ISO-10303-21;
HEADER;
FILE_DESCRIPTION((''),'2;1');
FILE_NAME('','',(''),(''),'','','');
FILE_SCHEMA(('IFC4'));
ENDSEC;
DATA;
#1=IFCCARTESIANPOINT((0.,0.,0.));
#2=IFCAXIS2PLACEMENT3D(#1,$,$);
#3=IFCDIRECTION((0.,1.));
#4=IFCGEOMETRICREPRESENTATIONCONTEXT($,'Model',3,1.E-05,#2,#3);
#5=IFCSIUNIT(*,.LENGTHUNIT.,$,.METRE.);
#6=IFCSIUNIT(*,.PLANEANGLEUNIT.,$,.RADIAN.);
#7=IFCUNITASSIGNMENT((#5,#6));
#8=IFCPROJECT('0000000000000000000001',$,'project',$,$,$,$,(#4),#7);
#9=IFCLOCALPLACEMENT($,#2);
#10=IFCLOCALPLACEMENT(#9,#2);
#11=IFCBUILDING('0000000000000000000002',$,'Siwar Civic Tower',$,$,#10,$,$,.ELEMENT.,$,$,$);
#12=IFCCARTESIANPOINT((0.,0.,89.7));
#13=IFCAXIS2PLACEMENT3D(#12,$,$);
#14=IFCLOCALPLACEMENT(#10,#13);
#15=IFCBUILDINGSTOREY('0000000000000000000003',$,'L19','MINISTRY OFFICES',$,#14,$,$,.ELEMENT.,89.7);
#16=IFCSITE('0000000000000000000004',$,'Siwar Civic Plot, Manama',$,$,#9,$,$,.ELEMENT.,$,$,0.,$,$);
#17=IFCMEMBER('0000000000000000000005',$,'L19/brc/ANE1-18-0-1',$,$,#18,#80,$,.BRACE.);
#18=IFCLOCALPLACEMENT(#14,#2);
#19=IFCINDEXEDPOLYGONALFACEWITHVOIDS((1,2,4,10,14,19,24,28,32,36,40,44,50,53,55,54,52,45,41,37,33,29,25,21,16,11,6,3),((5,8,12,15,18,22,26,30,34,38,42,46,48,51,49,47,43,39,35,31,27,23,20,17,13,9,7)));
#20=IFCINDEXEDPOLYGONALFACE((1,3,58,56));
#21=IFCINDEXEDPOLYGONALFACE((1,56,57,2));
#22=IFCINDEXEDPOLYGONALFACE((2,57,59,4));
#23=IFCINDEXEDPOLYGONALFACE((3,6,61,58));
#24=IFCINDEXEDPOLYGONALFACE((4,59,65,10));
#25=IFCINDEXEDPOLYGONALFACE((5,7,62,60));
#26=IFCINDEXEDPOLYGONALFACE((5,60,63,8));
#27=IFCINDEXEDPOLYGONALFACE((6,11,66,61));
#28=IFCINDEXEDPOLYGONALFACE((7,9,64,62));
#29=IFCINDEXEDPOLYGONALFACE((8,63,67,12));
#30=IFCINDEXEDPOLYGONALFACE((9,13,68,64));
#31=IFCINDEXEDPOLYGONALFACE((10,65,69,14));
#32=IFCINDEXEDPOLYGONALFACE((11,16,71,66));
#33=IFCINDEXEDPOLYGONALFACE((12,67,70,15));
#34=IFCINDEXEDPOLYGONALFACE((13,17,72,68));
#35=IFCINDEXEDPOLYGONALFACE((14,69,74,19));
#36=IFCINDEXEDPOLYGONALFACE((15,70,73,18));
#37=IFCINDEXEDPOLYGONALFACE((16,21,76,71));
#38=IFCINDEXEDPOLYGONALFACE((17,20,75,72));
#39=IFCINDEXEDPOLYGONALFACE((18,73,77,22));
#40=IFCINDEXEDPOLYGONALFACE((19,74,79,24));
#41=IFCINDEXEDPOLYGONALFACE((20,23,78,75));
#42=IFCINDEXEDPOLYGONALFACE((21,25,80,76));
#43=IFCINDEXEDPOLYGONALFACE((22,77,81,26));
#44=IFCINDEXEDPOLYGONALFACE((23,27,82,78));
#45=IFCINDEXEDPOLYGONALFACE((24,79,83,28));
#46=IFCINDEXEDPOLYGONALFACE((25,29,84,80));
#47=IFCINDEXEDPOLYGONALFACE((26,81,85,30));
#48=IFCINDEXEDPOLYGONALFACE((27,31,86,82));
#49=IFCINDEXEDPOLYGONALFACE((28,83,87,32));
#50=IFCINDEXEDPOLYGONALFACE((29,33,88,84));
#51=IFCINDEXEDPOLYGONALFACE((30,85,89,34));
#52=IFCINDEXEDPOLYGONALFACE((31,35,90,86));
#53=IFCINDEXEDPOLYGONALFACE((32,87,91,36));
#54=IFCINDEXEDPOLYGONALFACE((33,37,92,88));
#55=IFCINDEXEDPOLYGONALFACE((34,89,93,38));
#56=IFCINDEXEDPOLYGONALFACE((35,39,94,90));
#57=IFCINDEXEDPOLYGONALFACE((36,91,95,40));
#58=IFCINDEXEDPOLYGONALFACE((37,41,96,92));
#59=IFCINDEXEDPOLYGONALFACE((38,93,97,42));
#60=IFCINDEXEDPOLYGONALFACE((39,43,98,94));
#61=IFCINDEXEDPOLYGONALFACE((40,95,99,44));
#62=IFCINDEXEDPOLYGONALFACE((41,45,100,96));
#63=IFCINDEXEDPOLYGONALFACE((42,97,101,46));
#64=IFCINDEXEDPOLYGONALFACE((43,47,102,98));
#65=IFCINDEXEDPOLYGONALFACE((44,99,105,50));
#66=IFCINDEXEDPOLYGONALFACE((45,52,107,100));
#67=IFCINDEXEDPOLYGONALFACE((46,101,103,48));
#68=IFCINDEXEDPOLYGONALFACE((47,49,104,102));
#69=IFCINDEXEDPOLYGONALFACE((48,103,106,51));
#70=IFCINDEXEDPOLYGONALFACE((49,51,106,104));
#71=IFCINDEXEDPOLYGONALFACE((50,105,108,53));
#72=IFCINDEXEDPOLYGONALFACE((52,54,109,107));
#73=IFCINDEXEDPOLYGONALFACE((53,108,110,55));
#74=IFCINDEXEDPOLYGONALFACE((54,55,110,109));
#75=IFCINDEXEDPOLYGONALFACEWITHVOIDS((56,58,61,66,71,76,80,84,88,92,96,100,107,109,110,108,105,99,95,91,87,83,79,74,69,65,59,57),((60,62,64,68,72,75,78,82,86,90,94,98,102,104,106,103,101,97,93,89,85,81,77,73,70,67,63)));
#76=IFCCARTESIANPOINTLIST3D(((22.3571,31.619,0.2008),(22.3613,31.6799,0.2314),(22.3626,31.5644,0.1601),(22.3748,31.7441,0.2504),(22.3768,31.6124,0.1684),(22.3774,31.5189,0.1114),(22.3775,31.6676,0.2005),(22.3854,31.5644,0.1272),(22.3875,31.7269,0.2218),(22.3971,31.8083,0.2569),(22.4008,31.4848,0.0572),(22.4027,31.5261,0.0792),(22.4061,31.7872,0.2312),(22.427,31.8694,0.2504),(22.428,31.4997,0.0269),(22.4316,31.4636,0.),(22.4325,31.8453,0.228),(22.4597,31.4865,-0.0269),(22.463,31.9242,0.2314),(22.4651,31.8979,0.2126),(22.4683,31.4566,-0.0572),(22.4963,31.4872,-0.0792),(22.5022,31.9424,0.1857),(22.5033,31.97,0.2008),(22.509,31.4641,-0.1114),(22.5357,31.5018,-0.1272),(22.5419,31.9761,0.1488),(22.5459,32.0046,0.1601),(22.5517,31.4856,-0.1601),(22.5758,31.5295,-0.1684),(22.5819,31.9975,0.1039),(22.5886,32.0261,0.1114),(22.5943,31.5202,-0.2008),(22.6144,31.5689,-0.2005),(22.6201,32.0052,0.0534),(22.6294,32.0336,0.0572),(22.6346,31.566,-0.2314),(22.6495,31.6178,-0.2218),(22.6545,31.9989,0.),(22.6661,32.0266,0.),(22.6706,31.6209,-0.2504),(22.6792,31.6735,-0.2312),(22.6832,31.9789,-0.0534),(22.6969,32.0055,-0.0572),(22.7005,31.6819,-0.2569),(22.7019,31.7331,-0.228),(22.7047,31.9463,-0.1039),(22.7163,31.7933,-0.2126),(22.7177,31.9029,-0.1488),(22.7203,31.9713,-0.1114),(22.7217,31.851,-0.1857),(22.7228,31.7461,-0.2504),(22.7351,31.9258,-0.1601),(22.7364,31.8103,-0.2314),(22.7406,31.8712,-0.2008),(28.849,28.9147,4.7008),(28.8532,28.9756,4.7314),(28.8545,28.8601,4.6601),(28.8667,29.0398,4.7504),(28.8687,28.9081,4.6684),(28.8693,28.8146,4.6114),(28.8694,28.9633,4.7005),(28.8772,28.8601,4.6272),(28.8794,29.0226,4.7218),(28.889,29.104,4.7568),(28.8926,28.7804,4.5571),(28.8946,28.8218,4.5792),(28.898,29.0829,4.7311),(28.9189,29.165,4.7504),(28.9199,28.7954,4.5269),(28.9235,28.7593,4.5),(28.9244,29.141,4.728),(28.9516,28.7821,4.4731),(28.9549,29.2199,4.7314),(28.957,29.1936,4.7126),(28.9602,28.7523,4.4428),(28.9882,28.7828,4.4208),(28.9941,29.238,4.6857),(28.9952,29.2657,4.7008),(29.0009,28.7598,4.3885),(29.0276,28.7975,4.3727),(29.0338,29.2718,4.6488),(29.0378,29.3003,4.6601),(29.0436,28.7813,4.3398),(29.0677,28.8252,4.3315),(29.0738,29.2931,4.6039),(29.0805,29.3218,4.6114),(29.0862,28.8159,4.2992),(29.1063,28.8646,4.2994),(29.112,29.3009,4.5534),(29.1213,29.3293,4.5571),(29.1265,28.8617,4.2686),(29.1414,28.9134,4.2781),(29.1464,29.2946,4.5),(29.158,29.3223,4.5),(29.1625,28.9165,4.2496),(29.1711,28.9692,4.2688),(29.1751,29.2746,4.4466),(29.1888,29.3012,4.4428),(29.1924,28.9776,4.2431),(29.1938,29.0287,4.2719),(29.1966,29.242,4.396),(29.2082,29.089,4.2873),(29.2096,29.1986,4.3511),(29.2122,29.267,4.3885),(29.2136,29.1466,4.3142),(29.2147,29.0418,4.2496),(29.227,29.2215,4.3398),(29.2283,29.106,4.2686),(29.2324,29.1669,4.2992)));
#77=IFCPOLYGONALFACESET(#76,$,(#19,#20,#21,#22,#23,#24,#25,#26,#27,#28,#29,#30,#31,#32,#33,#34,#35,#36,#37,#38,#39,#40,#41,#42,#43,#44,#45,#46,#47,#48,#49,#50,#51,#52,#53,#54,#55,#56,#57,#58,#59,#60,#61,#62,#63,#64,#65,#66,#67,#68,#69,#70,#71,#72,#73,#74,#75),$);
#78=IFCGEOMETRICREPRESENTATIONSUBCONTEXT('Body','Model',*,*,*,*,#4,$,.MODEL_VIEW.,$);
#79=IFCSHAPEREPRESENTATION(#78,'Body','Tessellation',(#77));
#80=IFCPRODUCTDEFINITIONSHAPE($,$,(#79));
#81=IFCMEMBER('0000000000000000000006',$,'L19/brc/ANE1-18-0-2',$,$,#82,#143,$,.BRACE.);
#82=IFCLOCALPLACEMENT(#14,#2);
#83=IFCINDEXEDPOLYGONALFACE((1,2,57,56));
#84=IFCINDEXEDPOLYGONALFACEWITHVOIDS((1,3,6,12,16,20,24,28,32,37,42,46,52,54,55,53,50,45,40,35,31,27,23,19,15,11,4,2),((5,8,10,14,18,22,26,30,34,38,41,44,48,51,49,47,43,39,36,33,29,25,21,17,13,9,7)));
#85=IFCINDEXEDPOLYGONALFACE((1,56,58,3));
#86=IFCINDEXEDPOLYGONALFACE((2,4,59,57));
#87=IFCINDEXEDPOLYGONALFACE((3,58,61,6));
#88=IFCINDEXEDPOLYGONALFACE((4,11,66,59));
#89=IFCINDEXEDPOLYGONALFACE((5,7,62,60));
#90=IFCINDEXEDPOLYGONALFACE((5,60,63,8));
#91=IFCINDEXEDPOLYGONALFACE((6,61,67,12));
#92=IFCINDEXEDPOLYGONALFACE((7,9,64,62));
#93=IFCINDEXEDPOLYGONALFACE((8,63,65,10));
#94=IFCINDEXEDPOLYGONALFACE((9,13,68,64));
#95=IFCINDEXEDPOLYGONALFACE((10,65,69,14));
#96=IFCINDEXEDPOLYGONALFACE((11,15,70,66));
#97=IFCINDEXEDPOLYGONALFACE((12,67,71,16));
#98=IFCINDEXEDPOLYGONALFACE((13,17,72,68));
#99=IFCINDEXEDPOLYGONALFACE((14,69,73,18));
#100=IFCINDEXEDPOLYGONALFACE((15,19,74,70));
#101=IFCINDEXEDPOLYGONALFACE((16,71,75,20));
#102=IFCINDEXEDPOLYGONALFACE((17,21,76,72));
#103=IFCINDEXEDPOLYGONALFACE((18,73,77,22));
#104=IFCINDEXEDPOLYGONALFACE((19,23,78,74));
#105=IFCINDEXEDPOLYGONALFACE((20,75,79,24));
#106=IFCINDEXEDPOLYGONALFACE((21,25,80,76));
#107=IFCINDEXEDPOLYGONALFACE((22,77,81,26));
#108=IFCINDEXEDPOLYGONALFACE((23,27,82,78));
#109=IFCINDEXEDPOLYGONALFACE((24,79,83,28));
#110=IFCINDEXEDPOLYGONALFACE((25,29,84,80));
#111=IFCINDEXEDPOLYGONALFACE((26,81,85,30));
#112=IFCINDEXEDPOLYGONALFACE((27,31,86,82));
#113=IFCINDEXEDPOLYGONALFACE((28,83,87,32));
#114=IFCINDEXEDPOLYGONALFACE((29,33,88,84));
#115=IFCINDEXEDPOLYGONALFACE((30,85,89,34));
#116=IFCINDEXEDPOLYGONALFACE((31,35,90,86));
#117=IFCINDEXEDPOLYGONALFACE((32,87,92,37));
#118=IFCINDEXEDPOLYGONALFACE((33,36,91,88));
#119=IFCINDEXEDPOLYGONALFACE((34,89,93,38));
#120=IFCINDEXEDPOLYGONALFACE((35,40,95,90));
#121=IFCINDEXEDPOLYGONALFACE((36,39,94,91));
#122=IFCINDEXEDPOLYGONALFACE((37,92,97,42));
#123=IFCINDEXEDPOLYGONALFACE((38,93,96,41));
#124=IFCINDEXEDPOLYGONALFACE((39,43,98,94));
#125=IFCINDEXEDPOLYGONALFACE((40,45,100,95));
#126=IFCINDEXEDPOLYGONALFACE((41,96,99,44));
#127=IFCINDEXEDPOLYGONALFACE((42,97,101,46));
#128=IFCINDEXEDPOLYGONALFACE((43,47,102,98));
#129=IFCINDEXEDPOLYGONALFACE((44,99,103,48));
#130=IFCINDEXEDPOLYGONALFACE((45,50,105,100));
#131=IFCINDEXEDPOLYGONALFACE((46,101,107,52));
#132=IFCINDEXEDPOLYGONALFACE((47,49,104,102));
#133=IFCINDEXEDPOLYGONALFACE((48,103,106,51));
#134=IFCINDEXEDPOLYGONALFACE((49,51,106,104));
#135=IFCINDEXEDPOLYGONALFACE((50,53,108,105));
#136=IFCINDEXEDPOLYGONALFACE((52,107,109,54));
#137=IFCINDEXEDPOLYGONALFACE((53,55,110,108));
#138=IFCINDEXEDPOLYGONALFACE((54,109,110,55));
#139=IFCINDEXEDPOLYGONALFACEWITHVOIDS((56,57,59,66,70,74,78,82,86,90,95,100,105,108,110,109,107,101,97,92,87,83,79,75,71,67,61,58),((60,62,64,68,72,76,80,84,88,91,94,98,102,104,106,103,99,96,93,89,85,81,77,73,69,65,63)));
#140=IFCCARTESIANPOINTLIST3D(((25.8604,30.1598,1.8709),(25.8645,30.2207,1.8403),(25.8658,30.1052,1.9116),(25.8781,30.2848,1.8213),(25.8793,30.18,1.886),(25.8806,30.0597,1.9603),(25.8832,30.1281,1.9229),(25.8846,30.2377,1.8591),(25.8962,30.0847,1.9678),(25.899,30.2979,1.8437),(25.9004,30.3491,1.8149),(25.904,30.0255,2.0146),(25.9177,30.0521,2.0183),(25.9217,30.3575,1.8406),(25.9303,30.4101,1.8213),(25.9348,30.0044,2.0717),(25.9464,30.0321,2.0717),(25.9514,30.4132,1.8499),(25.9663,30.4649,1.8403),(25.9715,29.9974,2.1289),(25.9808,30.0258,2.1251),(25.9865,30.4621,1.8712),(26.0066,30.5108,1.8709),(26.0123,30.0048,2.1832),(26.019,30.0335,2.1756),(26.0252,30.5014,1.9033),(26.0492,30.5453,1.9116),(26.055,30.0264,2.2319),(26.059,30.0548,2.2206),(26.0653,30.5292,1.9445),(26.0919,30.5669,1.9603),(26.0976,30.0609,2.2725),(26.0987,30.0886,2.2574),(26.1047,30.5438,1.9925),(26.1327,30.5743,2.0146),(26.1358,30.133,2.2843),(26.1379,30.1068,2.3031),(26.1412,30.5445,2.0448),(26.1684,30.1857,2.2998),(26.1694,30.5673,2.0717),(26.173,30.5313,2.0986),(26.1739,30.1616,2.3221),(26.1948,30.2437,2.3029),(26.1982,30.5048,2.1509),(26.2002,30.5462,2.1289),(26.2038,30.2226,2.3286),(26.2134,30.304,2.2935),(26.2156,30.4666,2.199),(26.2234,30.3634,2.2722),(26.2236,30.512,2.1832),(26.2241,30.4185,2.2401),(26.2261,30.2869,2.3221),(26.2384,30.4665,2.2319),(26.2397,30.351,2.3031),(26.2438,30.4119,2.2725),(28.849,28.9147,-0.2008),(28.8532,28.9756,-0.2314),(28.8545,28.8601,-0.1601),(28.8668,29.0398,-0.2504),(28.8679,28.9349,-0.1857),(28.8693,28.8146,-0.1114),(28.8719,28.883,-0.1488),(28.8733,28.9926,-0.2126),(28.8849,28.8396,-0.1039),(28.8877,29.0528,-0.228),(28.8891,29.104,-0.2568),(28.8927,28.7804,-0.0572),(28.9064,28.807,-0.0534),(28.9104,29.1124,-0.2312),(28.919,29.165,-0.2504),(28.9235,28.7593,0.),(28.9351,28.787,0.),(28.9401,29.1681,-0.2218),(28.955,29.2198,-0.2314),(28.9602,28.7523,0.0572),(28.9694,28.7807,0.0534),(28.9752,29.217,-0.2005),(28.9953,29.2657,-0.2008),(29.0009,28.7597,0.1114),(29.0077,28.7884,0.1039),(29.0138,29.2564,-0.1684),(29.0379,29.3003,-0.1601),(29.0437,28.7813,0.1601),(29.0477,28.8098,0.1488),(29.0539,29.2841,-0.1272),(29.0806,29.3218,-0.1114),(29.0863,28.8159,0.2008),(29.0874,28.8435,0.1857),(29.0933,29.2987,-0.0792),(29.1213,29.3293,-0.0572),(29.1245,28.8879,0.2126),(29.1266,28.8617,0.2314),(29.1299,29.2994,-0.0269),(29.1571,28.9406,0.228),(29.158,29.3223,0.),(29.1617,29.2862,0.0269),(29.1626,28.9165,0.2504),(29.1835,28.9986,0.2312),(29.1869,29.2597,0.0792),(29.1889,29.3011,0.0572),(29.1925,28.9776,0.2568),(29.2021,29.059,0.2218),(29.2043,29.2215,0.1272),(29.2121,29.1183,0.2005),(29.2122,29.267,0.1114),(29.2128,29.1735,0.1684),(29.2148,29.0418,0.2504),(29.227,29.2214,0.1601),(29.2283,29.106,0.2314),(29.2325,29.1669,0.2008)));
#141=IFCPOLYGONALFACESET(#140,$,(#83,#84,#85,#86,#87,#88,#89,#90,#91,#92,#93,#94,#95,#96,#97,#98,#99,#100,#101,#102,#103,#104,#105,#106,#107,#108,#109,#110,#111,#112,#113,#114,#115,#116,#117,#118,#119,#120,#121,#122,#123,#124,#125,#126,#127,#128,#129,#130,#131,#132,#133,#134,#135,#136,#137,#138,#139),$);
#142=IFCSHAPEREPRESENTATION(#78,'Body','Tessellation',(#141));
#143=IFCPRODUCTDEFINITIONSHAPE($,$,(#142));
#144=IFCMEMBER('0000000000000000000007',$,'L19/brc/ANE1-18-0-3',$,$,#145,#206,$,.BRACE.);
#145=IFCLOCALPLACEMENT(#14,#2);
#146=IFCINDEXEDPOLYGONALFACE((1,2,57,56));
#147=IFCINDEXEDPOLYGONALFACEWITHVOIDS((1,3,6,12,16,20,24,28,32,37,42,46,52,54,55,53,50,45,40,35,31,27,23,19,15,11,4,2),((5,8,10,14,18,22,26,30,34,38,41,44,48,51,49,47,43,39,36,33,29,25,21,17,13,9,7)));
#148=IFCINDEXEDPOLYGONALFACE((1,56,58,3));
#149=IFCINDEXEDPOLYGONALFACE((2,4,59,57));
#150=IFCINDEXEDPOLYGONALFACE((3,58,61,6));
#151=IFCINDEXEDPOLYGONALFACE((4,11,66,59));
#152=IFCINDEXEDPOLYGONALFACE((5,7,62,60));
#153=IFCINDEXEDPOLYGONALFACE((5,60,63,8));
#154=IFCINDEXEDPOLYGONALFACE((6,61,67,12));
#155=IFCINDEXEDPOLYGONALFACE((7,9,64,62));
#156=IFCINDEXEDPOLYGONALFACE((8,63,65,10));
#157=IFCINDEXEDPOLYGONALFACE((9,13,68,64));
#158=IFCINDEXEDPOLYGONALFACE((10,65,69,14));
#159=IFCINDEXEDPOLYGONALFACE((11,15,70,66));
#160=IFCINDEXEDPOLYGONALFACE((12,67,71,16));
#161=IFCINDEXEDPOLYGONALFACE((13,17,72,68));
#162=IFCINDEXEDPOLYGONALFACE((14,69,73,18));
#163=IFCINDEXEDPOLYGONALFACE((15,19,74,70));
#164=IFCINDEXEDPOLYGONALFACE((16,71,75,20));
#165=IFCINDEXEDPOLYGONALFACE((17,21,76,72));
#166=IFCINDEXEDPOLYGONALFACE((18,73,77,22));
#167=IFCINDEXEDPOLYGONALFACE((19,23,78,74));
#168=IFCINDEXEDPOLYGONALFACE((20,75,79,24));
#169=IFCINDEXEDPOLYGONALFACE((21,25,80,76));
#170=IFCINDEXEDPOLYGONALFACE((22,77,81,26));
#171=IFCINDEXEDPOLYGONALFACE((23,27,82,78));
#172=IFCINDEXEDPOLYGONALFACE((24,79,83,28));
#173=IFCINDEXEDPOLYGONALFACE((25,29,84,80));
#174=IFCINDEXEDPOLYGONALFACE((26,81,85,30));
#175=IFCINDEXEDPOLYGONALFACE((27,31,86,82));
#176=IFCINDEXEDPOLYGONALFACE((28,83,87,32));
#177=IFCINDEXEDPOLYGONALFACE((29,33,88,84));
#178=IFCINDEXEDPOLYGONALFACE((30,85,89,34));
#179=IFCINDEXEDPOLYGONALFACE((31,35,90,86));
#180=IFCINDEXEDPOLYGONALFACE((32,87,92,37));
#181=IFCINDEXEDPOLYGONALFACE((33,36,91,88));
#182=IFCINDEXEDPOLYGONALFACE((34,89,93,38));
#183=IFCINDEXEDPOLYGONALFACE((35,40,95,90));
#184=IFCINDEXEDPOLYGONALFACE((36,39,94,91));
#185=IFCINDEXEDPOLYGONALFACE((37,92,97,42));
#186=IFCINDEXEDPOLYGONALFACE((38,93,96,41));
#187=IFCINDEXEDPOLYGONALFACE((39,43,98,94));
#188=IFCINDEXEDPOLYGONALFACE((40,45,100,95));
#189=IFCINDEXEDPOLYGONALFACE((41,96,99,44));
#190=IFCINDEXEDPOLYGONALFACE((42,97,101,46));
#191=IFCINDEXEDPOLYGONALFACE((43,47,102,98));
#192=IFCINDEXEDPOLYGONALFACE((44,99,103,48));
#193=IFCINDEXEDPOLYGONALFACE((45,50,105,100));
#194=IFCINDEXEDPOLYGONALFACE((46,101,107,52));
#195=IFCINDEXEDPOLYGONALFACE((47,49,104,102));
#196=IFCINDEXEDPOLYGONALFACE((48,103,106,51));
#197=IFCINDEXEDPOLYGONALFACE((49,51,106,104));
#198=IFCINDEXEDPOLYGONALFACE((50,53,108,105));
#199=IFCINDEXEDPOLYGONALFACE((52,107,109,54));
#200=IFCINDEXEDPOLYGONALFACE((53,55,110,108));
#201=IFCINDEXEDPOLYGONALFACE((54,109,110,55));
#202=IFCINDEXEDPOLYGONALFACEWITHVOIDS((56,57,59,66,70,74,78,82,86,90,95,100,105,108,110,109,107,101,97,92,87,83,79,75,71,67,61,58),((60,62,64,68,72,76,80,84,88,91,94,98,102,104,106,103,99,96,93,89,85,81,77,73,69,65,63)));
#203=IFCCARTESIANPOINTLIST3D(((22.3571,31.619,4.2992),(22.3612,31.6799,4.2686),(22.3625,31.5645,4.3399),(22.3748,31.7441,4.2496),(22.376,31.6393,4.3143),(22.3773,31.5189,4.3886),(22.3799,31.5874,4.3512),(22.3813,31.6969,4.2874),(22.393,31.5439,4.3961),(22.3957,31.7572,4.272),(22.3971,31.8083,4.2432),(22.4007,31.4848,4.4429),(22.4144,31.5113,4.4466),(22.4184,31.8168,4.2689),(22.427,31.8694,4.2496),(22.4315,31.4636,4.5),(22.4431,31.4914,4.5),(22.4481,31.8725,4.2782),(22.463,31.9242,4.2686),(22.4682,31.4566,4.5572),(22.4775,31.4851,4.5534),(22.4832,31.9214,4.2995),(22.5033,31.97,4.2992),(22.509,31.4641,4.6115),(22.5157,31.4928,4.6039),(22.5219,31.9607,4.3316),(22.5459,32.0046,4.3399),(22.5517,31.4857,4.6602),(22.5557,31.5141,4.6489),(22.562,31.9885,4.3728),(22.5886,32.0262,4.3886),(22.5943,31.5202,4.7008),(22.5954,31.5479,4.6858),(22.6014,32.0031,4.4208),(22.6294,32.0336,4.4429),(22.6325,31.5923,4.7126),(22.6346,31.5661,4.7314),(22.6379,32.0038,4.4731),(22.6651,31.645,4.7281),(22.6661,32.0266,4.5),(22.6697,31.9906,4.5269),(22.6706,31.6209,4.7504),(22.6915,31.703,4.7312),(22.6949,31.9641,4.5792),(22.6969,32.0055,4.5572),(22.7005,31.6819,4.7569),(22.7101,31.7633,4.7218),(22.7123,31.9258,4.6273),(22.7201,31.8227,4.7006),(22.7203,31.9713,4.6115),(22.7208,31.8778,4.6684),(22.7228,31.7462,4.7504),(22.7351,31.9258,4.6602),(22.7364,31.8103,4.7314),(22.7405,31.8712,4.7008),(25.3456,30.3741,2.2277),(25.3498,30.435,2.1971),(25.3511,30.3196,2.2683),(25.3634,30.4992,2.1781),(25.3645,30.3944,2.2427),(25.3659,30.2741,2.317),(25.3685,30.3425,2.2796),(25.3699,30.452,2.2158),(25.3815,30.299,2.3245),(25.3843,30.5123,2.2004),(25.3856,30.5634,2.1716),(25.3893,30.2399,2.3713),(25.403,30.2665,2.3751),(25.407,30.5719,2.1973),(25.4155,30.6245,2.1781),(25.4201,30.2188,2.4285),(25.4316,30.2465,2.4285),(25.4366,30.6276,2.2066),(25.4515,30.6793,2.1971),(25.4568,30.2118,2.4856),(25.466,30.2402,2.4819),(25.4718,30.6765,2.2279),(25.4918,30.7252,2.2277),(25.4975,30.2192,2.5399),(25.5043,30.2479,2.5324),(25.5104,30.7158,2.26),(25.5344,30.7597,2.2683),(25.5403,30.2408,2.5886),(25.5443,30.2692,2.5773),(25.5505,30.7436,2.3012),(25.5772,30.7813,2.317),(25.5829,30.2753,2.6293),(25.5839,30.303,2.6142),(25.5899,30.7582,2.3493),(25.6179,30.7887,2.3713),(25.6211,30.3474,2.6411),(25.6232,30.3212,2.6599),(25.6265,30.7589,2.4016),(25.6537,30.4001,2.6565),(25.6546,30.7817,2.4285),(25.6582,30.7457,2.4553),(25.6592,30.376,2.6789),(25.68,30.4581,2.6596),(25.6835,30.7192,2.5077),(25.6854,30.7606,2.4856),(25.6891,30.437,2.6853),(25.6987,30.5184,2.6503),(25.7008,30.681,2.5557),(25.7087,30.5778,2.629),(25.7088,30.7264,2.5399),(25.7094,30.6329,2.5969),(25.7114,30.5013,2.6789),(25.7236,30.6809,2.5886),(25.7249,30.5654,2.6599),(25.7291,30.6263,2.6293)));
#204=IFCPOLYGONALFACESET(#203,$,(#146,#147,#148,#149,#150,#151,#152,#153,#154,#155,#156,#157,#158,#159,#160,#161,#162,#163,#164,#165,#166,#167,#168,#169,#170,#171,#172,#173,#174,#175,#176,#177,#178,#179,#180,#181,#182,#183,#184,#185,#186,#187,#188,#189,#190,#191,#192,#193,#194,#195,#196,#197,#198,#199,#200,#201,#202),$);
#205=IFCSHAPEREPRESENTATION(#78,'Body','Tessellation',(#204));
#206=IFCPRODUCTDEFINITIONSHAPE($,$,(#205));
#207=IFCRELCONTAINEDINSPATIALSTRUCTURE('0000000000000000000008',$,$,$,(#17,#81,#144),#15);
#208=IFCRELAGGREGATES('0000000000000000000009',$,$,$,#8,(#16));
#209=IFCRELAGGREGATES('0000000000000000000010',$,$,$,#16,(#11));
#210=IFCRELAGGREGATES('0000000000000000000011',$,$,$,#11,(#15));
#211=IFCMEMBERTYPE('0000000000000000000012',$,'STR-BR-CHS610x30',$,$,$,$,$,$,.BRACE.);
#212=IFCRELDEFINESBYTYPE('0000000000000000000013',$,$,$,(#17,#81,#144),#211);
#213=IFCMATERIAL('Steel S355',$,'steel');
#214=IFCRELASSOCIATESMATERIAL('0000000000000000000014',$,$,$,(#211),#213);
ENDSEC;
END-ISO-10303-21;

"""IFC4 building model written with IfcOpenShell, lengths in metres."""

from ifc_helpers import new_model, si_unit, direction, frame, origin, origin_2d, place, context, subcontext, project, spatial, hollow_circle, extrude, material, material_profile, profile_set, type_object, element, save


model = new_model("IFC4")

# Units and contexts
model_context = context("Model", 3, precision=1e-05, world=origin(), true_north=direction((0.0, 1.0)))
body_context = subcontext(model_context, "Body", "Model", "MODEL_VIEW")
ifc_project = project(units=[si_unit("LENGTHUNIT", "METRE"), si_unit("PLANEANGLEUNIT", "RADIAN")], contexts=[model_context])

# Site, building, storey
site_placement = place(None, origin())
site = spatial("IfcSite", under=ifc_project, at=site_placement, Name="Siwar Civic Plot, Manama", CompositionType="ELEMENT", RefElevation=0.0)
building_placement = place(site_placement, origin())
building = spatial("IfcBuilding", under=site, at=building_placement, Name="Siwar Civic Tower", CompositionType="ELEMENT")
storey_placement = place(building_placement, frame((0.0, 0.0, 89.7)))
storey = spatial("IfcBuildingStorey", under=building, at=storey_placement, Name="L19", Description="MINISTRY OFFICES", CompositionType="ELEMENT", Elevation=89.7)

# Members
ifc_material_1 = material(Name="Steel S355", Category="steel")
ifc_material_profile_1 = material_profile(ifc_material_1, hollow_circle(Radius=0.3049, WallThickness=0.03, at=origin_2d()), Name="CHS610x30")
ifc_profile_set_1 = profile_set([ifc_material_profile_1], Name="Steel S355")
member_type_1 = type_object("IfcMemberType", Name="STR-BR-CHS610x30", PredefinedType="BRACE", material=ifc_profile_set_1)
member_1_placement = place(storey_placement, frame((22.5488, 31.7451, 0.0), z_axis=(0.777555, -0.323906, 0.538975), x_axis=(0.384539, 0.923109, 0.0)))
element("IfcMember", 1, at=member_1_placement, inside=storey, type_object=member_type_1, Name="L19/brc/ANE1-18-0-1", PredefinedType="BRACE", context=body_context, shape_type="SweptSolid", body=[
    extrude(hollow_circle(Radius=0.3049, WallThickness=0.03, at=origin_2d()), origin(), (0.0, 0.0, 1.0), 8.3491),
])
member_2_placement = place(storey_placement, frame((29.0408, 29.0408, 0.0), z_axis=(-0.777542, 0.323923, 0.538982), x_axis=(-0.384562, -0.923099, 0.0)))
element("IfcMember", 2, at=member_2_placement, inside=storey, type_object=member_type_1, Name="L19/brc/ANE1-18-0-2", PredefinedType="BRACE", context=body_context, shape_type="SweptSolid", body=[
    extrude(hollow_circle(Radius=0.3049, WallThickness=0.03, at=origin_2d()), origin(), (0.0, 0.0, 1.0), 3.8438),
])
member_3_placement = place(storey_placement, frame((25.5374, 30.5002, 2.4285), z_axis=(-0.77756, 0.323893, 0.538975), x_axis=(-0.384524, -0.923115, 0.0)))
element("IfcMember", 3, at=member_3_placement, inside=storey, type_object=member_type_1, Name="L19/brc/ANE1-18-0-3", PredefinedType="BRACE", context=body_context, shape_type="SweptSolid", body=[
    extrude(hollow_circle(Radius=0.3049, WallThickness=0.03, at=origin_2d()), origin(), (0.0, 0.0, 1.0), 3.8435),
])

save(model, "model.ifc")
